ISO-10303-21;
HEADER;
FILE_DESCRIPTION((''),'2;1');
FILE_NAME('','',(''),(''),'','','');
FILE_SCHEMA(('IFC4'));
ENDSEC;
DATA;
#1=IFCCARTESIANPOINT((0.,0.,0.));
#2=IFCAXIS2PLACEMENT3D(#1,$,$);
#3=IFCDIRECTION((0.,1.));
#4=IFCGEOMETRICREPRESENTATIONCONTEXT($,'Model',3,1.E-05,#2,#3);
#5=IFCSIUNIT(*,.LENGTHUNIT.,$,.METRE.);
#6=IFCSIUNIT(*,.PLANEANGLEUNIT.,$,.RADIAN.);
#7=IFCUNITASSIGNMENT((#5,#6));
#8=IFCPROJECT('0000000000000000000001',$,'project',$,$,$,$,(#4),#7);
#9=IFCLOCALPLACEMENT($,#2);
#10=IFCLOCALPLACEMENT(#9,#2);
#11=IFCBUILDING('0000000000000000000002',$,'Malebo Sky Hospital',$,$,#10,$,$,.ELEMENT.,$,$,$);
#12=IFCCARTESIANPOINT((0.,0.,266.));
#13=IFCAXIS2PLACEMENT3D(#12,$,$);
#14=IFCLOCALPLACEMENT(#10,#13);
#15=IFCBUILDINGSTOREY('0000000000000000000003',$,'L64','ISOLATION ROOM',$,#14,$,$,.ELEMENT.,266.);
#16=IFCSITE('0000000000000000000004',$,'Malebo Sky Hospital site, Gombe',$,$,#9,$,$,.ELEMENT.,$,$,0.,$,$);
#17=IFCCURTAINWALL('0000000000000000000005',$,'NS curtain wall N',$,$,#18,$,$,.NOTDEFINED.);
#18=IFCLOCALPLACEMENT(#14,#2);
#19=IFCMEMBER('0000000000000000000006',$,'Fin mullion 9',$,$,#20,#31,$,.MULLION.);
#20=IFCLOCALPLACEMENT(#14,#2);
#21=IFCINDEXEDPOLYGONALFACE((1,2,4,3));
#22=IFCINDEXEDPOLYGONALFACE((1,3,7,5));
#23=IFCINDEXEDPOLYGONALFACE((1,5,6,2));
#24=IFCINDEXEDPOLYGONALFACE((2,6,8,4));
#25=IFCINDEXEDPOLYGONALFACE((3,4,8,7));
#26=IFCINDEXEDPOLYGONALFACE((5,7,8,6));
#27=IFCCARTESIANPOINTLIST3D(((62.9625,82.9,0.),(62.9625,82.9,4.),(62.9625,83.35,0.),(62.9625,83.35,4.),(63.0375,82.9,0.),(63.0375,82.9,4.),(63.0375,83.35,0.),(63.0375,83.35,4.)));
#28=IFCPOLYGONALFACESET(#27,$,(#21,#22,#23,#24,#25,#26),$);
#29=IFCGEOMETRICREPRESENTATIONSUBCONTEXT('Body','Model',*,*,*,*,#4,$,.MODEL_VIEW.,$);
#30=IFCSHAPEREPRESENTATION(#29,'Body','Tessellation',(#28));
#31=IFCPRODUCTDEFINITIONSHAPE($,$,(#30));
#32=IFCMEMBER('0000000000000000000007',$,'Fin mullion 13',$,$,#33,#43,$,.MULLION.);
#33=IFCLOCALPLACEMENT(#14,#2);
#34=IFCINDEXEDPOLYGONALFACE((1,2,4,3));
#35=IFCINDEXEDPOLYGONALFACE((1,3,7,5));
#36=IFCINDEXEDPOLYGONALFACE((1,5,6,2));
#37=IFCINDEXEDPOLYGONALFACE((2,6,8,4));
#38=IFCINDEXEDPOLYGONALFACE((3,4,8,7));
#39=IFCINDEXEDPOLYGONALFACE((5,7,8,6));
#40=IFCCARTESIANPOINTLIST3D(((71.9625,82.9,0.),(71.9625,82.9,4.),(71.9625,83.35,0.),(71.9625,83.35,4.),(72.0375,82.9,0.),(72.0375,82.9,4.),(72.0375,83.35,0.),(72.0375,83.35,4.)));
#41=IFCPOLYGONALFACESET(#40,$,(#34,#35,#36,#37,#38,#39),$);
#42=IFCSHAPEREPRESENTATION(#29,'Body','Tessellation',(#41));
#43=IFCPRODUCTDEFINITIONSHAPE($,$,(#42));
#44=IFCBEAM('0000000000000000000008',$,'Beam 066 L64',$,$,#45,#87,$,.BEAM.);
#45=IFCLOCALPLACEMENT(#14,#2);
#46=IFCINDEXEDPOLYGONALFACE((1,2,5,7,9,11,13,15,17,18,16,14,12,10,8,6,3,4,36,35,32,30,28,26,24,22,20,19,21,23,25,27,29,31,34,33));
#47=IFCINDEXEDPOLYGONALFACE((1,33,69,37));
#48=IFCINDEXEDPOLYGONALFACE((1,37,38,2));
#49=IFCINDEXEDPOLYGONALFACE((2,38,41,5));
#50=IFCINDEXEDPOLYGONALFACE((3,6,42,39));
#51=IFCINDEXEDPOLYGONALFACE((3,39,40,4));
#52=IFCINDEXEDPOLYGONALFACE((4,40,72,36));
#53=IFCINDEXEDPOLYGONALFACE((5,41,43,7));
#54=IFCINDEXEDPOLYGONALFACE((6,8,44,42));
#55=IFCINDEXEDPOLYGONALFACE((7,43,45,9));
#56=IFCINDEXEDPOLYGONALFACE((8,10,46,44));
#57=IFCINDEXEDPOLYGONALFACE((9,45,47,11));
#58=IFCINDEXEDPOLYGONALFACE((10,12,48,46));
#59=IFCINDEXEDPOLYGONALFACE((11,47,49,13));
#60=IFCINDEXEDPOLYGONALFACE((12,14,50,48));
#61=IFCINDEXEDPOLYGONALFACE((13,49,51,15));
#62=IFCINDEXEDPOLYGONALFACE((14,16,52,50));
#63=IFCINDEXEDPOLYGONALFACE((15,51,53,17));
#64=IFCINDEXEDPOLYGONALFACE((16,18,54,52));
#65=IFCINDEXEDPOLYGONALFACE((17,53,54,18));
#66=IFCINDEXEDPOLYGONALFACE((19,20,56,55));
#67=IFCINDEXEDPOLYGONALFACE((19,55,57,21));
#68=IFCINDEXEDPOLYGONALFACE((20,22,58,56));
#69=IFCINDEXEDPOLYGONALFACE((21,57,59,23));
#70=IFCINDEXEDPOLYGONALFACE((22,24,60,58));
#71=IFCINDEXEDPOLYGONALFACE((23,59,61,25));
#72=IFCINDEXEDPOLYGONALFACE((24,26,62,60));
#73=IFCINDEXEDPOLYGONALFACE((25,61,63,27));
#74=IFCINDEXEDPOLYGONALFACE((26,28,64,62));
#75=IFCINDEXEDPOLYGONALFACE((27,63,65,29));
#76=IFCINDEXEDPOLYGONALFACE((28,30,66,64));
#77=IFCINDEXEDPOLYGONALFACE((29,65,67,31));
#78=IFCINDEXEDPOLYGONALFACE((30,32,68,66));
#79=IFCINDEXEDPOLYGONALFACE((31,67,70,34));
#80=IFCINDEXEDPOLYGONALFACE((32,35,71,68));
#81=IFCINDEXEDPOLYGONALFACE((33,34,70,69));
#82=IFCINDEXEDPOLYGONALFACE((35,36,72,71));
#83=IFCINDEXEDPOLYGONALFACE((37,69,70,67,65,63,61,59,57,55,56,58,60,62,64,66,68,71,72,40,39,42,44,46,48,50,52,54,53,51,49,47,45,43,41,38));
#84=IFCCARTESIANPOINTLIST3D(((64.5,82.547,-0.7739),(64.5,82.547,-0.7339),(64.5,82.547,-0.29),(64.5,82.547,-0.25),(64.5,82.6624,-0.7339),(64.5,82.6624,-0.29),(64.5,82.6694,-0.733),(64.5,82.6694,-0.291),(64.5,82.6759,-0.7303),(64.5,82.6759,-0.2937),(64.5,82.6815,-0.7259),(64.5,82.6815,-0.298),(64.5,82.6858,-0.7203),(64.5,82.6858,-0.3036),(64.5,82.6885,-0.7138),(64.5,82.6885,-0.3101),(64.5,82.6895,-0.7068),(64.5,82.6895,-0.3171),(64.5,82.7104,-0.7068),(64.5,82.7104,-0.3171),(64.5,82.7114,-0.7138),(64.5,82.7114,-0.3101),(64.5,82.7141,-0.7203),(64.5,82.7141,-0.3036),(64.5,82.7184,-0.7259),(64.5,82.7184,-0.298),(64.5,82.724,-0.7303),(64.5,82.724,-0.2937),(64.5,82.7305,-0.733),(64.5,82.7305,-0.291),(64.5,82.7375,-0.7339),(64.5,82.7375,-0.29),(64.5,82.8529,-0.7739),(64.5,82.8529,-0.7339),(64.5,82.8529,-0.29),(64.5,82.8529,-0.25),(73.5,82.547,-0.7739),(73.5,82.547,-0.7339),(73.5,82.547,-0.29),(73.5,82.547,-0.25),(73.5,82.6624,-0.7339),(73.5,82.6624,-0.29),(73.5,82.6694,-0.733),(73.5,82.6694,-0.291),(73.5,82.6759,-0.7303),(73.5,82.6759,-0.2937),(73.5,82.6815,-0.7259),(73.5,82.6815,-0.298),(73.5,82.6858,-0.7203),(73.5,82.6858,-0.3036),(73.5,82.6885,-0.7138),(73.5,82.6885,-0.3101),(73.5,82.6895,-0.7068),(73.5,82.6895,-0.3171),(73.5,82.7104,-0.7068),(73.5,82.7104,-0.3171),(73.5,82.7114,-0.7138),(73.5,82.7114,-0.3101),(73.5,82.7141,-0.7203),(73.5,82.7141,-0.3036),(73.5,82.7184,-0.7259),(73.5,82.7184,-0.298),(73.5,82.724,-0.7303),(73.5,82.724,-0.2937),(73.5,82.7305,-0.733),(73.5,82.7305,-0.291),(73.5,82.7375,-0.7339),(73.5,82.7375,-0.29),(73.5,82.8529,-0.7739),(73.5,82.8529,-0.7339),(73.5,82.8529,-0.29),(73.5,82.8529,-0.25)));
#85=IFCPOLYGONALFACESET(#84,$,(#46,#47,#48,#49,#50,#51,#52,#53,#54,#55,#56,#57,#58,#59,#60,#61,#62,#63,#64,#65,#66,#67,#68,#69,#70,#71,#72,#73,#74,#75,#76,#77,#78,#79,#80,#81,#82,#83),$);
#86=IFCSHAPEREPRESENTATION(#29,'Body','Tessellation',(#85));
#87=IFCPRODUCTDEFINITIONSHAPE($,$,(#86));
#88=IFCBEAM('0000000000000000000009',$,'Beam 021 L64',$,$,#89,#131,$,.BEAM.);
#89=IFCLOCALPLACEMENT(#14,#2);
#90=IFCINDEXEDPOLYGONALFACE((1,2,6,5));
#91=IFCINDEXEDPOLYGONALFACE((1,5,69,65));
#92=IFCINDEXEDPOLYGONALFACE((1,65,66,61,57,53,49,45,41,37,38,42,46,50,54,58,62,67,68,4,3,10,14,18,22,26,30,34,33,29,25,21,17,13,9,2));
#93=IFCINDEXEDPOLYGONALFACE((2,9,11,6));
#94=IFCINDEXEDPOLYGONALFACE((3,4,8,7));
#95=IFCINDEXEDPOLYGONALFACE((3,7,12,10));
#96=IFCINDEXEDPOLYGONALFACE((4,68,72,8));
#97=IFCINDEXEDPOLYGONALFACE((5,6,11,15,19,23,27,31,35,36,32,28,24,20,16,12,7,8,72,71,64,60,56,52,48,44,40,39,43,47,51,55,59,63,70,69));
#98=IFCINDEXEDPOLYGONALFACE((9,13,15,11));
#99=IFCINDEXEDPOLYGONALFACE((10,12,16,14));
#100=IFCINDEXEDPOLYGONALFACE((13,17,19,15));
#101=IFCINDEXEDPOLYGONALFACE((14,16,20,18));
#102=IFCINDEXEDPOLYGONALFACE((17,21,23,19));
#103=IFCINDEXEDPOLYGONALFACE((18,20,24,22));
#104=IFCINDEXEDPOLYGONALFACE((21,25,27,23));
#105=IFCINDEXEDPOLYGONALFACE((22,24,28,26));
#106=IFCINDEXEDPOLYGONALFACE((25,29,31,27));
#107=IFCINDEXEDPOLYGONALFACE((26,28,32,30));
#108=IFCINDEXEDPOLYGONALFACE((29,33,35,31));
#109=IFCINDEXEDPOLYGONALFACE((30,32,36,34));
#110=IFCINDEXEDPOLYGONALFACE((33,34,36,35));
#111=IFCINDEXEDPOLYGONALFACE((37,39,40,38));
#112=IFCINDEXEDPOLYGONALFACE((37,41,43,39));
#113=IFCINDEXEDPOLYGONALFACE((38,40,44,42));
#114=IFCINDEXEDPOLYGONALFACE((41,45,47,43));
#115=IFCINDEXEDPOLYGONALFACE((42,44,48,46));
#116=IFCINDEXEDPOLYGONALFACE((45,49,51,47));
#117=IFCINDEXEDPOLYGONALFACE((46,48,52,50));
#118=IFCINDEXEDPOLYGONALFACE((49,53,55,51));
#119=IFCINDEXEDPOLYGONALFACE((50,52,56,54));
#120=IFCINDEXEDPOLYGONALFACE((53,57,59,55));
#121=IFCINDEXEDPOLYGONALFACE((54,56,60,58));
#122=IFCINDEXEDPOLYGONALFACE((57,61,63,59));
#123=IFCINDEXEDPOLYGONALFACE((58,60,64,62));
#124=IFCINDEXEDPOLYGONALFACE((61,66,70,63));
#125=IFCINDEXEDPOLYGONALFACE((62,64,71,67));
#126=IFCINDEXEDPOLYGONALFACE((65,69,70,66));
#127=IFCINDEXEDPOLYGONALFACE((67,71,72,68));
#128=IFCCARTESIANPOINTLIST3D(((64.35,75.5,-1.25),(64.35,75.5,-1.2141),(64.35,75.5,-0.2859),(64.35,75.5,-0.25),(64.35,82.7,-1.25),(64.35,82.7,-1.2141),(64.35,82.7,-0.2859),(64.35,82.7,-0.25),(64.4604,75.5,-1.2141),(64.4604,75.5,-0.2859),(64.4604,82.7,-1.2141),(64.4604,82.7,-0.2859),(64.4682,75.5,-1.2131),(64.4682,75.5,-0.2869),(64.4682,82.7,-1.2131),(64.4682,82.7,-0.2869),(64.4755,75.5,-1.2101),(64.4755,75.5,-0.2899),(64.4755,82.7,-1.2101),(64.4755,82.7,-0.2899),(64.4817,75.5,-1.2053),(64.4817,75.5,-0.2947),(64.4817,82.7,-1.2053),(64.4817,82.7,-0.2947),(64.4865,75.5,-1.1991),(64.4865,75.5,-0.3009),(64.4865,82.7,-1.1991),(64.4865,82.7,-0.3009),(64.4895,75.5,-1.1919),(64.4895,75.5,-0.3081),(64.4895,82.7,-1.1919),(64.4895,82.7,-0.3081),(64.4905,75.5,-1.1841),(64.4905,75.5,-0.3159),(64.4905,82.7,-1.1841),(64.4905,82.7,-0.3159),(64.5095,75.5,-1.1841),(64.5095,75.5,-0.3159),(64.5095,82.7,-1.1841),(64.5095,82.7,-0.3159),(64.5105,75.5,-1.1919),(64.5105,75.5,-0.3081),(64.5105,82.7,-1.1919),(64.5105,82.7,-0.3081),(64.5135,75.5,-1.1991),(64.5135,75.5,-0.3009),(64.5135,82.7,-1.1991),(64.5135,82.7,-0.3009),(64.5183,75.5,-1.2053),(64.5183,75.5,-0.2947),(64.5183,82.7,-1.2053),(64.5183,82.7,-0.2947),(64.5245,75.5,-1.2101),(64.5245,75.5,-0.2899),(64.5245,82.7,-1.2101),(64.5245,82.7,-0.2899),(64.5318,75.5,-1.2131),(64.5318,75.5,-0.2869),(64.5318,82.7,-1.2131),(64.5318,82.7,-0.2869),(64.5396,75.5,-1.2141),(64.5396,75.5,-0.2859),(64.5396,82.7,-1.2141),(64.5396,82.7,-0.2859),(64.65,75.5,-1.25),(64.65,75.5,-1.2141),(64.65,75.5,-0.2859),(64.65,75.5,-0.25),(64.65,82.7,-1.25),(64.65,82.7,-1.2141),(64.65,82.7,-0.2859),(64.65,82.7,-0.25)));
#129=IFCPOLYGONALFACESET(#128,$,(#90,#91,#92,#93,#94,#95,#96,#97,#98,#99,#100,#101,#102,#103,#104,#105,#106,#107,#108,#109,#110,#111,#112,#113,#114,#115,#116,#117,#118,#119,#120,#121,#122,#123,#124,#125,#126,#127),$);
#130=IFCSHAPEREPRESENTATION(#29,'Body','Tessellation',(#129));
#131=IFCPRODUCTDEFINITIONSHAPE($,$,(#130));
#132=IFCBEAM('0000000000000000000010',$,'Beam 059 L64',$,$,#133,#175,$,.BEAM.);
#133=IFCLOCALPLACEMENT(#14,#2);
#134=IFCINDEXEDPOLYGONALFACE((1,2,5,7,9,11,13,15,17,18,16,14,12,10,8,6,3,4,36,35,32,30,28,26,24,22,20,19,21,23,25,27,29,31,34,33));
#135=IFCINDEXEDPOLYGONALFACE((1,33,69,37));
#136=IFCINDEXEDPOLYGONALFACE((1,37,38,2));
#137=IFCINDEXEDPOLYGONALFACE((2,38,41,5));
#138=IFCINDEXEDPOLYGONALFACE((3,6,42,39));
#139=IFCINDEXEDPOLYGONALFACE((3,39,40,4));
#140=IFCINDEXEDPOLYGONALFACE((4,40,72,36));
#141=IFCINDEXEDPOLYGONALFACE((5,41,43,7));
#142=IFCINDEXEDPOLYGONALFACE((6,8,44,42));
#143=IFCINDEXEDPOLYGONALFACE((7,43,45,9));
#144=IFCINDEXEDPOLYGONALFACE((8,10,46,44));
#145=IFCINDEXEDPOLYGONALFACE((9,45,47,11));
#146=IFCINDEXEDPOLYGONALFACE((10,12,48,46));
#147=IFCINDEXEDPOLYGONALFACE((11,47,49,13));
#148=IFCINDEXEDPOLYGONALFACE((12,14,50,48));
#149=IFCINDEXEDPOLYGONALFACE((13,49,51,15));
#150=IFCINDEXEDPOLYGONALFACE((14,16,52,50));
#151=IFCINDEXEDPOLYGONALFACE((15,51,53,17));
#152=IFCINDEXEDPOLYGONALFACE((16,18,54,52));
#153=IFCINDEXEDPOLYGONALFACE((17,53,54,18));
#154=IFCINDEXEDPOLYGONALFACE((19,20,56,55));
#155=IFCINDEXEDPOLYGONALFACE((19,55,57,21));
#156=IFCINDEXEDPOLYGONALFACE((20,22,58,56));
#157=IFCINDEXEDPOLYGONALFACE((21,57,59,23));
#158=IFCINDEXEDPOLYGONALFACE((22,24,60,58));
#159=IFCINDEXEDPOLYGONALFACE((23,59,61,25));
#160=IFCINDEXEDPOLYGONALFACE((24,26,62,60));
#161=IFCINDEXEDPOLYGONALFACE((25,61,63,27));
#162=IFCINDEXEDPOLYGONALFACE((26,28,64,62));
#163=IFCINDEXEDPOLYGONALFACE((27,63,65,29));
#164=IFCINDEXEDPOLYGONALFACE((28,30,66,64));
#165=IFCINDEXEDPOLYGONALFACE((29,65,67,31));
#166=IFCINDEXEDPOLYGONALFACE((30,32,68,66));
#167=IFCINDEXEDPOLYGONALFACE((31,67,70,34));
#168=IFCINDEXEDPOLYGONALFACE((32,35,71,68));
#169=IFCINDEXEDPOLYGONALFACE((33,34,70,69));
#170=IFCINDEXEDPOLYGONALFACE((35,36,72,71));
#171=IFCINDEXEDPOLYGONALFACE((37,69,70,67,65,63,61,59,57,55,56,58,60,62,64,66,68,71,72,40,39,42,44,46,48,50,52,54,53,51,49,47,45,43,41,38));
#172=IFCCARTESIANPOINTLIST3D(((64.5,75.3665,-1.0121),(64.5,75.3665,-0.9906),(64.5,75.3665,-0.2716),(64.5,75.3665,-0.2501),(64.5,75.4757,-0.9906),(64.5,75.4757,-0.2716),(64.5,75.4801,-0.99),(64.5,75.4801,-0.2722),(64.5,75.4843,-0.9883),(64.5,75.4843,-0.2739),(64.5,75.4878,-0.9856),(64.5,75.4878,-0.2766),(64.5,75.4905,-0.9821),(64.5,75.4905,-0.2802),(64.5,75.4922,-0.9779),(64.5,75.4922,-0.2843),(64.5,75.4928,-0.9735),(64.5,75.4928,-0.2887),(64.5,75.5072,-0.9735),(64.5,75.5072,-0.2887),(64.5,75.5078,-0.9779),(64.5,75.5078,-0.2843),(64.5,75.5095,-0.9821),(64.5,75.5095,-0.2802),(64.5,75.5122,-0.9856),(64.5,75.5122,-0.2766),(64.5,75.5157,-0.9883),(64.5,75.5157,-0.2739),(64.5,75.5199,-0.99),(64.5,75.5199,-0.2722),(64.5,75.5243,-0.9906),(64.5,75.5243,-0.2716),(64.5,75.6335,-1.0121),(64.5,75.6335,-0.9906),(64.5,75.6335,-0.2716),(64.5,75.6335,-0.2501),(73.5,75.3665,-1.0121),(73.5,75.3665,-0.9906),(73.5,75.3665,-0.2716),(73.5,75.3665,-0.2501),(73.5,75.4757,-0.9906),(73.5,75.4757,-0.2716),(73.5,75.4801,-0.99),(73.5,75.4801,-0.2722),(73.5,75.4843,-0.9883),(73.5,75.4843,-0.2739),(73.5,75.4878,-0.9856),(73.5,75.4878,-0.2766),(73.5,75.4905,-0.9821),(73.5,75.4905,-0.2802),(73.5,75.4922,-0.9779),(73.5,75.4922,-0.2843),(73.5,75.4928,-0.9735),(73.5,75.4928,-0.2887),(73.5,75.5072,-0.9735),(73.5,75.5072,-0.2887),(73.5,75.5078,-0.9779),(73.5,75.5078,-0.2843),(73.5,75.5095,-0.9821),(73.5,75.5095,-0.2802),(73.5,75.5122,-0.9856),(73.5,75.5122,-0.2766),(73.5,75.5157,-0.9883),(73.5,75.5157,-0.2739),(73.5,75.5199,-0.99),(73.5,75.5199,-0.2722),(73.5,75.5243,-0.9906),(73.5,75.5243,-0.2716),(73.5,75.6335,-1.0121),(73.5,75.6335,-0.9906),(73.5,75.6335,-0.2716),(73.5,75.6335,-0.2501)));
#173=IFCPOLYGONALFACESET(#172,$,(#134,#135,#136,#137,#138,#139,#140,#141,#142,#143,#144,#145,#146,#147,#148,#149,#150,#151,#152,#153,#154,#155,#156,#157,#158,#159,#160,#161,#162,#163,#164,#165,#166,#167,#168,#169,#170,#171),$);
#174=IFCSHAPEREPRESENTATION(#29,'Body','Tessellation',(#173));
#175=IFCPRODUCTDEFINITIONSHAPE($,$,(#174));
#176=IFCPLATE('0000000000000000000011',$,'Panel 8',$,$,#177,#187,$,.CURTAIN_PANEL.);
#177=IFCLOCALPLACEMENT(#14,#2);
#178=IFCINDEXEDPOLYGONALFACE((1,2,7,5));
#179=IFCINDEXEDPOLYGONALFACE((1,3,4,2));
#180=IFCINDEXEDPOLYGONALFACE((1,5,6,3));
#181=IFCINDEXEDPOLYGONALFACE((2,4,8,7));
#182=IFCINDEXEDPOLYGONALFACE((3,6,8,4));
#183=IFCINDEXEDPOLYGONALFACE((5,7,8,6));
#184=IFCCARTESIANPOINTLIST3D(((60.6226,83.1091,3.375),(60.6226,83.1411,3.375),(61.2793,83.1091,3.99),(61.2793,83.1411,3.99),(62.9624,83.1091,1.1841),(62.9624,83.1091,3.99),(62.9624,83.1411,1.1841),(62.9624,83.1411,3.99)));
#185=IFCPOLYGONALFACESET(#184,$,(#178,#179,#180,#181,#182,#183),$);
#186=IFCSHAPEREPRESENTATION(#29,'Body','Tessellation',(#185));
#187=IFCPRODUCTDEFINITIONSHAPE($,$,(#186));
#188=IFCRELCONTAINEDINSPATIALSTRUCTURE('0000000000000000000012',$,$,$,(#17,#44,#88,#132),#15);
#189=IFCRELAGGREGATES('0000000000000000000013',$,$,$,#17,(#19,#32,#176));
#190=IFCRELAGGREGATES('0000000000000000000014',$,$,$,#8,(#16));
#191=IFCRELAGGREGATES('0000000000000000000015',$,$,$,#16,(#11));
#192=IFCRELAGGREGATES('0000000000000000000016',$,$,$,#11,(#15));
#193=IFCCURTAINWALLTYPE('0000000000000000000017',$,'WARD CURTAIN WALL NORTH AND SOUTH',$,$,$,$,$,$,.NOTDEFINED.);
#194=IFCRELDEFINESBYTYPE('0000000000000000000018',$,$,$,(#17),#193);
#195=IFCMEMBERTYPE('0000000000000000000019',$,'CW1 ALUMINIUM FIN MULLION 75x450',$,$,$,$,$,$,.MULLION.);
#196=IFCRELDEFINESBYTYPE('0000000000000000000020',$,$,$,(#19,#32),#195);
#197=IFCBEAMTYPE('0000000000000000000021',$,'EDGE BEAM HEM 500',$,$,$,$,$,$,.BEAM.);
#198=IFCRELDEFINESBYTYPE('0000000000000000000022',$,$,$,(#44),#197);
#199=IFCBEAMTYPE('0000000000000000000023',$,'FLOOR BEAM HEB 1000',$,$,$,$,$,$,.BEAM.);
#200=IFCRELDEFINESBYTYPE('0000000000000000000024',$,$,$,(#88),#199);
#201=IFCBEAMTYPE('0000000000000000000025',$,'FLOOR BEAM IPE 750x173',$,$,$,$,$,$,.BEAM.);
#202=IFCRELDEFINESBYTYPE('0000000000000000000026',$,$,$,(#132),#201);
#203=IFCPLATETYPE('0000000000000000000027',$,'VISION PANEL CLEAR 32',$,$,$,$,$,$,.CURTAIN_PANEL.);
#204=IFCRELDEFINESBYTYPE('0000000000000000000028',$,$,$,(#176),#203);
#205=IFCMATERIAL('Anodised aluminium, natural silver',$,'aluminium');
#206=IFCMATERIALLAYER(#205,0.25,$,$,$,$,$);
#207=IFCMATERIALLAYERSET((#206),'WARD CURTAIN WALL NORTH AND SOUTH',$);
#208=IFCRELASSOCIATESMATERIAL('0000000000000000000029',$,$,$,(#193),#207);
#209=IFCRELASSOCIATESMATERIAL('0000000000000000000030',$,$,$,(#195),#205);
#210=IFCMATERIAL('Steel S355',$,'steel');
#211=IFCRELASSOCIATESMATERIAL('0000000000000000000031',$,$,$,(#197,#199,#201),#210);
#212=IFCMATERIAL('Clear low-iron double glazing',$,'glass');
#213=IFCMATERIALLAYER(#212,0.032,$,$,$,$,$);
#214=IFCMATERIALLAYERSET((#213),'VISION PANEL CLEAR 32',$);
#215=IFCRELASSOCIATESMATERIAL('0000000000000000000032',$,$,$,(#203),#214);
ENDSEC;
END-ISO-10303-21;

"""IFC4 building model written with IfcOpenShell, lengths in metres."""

from ifc_helpers import new_model, si_unit, direction, frame, origin, origin_2d, place, context, subcontext, project, spatial, polyline, rectangle, i_section, outline, extrude, material, layer, layer_set, material_profile, profile_set, type_object, element, aggregate, save


model = new_model("IFC4")

# Units and contexts
model_context = context("Model", 3, precision=1e-05, world=origin(), true_north=direction((0.0, 1.0)))
body_context = subcontext(model_context, "Body", "Model", "MODEL_VIEW")
ifc_project = project(units=[si_unit("LENGTHUNIT", "METRE"), si_unit("PLANEANGLEUNIT", "RADIAN")], contexts=[model_context])

# Site, building, storey
site_placement = place(None, origin())
site = spatial("IfcSite", under=ifc_project, at=site_placement, Name="Malebo Sky Hospital site, Gombe", CompositionType="ELEMENT", RefElevation=0.0)
building_placement = place(site_placement, origin())
building = spatial("IfcBuilding", under=site, at=building_placement, Name="Malebo Sky Hospital", CompositionType="ELEMENT")
storey_placement = place(building_placement, frame((0.0, 0.0, 266.0)))
storey = spatial("IfcBuildingStorey", under=building, at=storey_placement, Name="L64", Description="ISOLATION ROOM", CompositionType="ELEMENT", Elevation=266.0)

# Curtain wall
ifc_material_1 = material(Name="Anodised aluminium, natural silver", Category="aluminium")
ifc_layer_1 = layer(ifc_material_1, 0.25)
ifc_layer_set_1 = layer_set([ifc_layer_1], Name="WARD CURTAIN WALL NORTH AND SOUTH")
curtain_wall_type = type_object("IfcCurtainWallType", Name="WARD CURTAIN WALL NORTH AND SOUTH", PredefinedType="NOTDEFINED", material=ifc_layer_set_1)
curtain_wall_placement = place(storey_placement, origin())
curtain_wall = element("IfcCurtainWall", 1, at=curtain_wall_placement, inside=storey, type_object=curtain_wall_type, Name="NS curtain wall N", PredefinedType="NOTDEFINED")

# Members
ifc_material_2 = material(Name="Steel S355", Category="steel")
ifc_material_profile_1 = material_profile(ifc_material_1, rectangle(XDim=0.075, YDim=0.45, at=origin_2d()), Name="CW1 ALUMINIUM FIN MULLION 75x450")
ifc_profile_set_1 = profile_set([ifc_material_profile_1], Name="Anodised aluminium, natural silver")
member_type_1 = type_object("IfcMemberType", Name="CW1 ALUMINIUM FIN MULLION 75x450", PredefinedType="MULLION", material=ifc_profile_set_1)
member_1_placement = place(storey_placement, frame((63.0, 83.125, 0.0), z_axis=(0.0, 0.0, 1.0), x_axis=(1.0, 0.0, 0.0)))
member_1 = element("IfcMember", 2, at=member_1_placement, type_object=member_type_1, Name="Fin mullion 9", PredefinedType="MULLION", context=body_context, shape_type="SweptSolid", body=[
    extrude(rectangle(XDim=0.075, YDim=0.45, at=origin_2d()), origin(), (0.0, 0.0, 1.0), 4.0),
])
member_2_placement = place(storey_placement, frame((72.0, 83.125, 0.0), z_axis=(0.0, 0.0, 1.0), x_axis=(1.0, 0.0, 0.0)))
member_2 = element("IfcMember", 3, at=member_2_placement, type_object=member_type_1, Name="Fin mullion 13", PredefinedType="MULLION", context=body_context, shape_type="SweptSolid", body=[
    extrude(rectangle(XDim=0.075, YDim=0.45, at=origin_2d()), origin(), (0.0, 0.0, 1.0), 4.0),
])

# Beams
ifc_material_profile_2 = material_profile(ifc_material_2, i_section(OverallWidth=0.3059, OverallDepth=0.5239, WebThickness=0.021, FlangeThickness=0.04, FilletRadius=0.0271, at=origin_2d()), Name="HEM 500")
ifc_profile_set_2 = profile_set([ifc_material_profile_2], Name="Steel S355")
beam_type_1 = type_object("IfcBeamType", Name="EDGE BEAM HEM 500", PredefinedType="BEAM", material=ifc_profile_set_2)
beam_1_placement = place(storey_placement, frame((64.5, 82.7, -0.512), z_axis=(1.0, 0.0, 0.0), x_axis=(0.0, 1.0, 0.0)))
element("IfcBeam", 4, at=beam_1_placement, inside=storey, type_object=beam_type_1, Name="Beam 066 L64", PredefinedType="BEAM", context=body_context, shape_type="SweptSolid", body=[
    extrude(i_section(OverallWidth=0.3059, OverallDepth=0.5239, WebThickness=0.021, FlangeThickness=0.04, FilletRadius=0.0271, at=origin_2d()), origin(), (0.0, 0.0, 1.0), 9.0),
])
ifc_material_profile_3 = material_profile(ifc_material_2, i_section(OverallWidth=0.3, OverallDepth=1.0, WebThickness=0.019, FlangeThickness=0.0359, FilletRadius=0.03, at=origin_2d()), Name="HEB 1000")
ifc_profile_set_3 = profile_set([ifc_material_profile_3], Name="Steel S355")
beam_type_2 = type_object("IfcBeamType", Name="FLOOR BEAM HEB 1000", PredefinedType="BEAM", material=ifc_profile_set_3)
beam_2_placement = place(storey_placement, frame((64.5, 75.5, -0.75), z_axis=(0.0, 1.0, 0.0), x_axis=(-1.0, 0.0, 0.0)))
element("IfcBeam", 5, at=beam_2_placement, inside=storey, type_object=beam_type_2, Name="Beam 021 L64", PredefinedType="BEAM", context=body_context, shape_type="SweptSolid", body=[
    extrude(i_section(OverallWidth=0.3, OverallDepth=1.0, WebThickness=0.019, FlangeThickness=0.0359, FilletRadius=0.03, at=origin_2d()), origin(), (0.0, 0.0, 1.0), 7.2),
])
ifc_material_profile_4 = material_profile(ifc_material_2, i_section(OverallWidth=0.2671, OverallDepth=0.762, WebThickness=0.0144, FlangeThickness=0.0215, FilletRadius=0.0171, at=origin_2d()), Name="IPE 750x173")
ifc_profile_set_4 = profile_set([ifc_material_profile_4], Name="Steel S355")
beam_type_3 = type_object("IfcBeamType", Name="FLOOR BEAM IPE 750x173", PredefinedType="BEAM", material=ifc_profile_set_4)
beam_3_placement = place(storey_placement, frame((64.5, 75.5, -0.6311), z_axis=(1.0, 0.0, 0.0), x_axis=(0.0, 1.0, 0.0)))
element("IfcBeam", 6, at=beam_3_placement, inside=storey, type_object=beam_type_3, Name="Beam 059 L64", PredefinedType="BEAM", context=body_context, shape_type="SweptSolid", body=[
    extrude(i_section(OverallWidth=0.2671, OverallDepth=0.762, WebThickness=0.0144, FlangeThickness=0.0215, FilletRadius=0.0171, at=origin_2d()), origin(), (0.0, 0.0, 1.0), 9.0),
])

# Plate
ifc_material_3 = material(Name="Clear low-iron double glazing", Category="glass")
ifc_layer_2 = layer(ifc_material_3, 0.032)
ifc_layer_set_2 = layer_set([ifc_layer_2], Name="VISION PANEL CLEAR 32")
plate_type = type_object("IfcPlateType", Name="VISION PANEL CLEAR 32", PredefinedType="CURTAIN_PANEL", material=ifc_layer_set_2)
plate_1_placement = place(storey_placement, frame((61.7925, 83.125, 1.1841), z_axis=(0.0, 0.0, 1.0), x_axis=(1.0, 0.0, 0.0)))
plate_1 = element("IfcPlate", 7, at=plate_1_placement, type_object=plate_type, Name="Panel 8", PredefinedType="CURTAIN_PANEL", context=body_context, shape_type="SweptSolid", body=[
    extrude(outline(polyline([(1.1699, 0.0), (1.1699, 2.8059), (-0.5132, 2.8059), (-1.1699, 2.1909), (1.1699, 0.0)])), frame((0.0, 0.0161, 0.0), z_axis=(0.0, -1.0, 0.0), x_axis=(1.0, 0.0, 0.0)), (0.0, 0.0, 1.0), 0.032),
])
aggregate(curtain_wall, [member_1, member_2, plate_1])

save(model, "model.ifc")
